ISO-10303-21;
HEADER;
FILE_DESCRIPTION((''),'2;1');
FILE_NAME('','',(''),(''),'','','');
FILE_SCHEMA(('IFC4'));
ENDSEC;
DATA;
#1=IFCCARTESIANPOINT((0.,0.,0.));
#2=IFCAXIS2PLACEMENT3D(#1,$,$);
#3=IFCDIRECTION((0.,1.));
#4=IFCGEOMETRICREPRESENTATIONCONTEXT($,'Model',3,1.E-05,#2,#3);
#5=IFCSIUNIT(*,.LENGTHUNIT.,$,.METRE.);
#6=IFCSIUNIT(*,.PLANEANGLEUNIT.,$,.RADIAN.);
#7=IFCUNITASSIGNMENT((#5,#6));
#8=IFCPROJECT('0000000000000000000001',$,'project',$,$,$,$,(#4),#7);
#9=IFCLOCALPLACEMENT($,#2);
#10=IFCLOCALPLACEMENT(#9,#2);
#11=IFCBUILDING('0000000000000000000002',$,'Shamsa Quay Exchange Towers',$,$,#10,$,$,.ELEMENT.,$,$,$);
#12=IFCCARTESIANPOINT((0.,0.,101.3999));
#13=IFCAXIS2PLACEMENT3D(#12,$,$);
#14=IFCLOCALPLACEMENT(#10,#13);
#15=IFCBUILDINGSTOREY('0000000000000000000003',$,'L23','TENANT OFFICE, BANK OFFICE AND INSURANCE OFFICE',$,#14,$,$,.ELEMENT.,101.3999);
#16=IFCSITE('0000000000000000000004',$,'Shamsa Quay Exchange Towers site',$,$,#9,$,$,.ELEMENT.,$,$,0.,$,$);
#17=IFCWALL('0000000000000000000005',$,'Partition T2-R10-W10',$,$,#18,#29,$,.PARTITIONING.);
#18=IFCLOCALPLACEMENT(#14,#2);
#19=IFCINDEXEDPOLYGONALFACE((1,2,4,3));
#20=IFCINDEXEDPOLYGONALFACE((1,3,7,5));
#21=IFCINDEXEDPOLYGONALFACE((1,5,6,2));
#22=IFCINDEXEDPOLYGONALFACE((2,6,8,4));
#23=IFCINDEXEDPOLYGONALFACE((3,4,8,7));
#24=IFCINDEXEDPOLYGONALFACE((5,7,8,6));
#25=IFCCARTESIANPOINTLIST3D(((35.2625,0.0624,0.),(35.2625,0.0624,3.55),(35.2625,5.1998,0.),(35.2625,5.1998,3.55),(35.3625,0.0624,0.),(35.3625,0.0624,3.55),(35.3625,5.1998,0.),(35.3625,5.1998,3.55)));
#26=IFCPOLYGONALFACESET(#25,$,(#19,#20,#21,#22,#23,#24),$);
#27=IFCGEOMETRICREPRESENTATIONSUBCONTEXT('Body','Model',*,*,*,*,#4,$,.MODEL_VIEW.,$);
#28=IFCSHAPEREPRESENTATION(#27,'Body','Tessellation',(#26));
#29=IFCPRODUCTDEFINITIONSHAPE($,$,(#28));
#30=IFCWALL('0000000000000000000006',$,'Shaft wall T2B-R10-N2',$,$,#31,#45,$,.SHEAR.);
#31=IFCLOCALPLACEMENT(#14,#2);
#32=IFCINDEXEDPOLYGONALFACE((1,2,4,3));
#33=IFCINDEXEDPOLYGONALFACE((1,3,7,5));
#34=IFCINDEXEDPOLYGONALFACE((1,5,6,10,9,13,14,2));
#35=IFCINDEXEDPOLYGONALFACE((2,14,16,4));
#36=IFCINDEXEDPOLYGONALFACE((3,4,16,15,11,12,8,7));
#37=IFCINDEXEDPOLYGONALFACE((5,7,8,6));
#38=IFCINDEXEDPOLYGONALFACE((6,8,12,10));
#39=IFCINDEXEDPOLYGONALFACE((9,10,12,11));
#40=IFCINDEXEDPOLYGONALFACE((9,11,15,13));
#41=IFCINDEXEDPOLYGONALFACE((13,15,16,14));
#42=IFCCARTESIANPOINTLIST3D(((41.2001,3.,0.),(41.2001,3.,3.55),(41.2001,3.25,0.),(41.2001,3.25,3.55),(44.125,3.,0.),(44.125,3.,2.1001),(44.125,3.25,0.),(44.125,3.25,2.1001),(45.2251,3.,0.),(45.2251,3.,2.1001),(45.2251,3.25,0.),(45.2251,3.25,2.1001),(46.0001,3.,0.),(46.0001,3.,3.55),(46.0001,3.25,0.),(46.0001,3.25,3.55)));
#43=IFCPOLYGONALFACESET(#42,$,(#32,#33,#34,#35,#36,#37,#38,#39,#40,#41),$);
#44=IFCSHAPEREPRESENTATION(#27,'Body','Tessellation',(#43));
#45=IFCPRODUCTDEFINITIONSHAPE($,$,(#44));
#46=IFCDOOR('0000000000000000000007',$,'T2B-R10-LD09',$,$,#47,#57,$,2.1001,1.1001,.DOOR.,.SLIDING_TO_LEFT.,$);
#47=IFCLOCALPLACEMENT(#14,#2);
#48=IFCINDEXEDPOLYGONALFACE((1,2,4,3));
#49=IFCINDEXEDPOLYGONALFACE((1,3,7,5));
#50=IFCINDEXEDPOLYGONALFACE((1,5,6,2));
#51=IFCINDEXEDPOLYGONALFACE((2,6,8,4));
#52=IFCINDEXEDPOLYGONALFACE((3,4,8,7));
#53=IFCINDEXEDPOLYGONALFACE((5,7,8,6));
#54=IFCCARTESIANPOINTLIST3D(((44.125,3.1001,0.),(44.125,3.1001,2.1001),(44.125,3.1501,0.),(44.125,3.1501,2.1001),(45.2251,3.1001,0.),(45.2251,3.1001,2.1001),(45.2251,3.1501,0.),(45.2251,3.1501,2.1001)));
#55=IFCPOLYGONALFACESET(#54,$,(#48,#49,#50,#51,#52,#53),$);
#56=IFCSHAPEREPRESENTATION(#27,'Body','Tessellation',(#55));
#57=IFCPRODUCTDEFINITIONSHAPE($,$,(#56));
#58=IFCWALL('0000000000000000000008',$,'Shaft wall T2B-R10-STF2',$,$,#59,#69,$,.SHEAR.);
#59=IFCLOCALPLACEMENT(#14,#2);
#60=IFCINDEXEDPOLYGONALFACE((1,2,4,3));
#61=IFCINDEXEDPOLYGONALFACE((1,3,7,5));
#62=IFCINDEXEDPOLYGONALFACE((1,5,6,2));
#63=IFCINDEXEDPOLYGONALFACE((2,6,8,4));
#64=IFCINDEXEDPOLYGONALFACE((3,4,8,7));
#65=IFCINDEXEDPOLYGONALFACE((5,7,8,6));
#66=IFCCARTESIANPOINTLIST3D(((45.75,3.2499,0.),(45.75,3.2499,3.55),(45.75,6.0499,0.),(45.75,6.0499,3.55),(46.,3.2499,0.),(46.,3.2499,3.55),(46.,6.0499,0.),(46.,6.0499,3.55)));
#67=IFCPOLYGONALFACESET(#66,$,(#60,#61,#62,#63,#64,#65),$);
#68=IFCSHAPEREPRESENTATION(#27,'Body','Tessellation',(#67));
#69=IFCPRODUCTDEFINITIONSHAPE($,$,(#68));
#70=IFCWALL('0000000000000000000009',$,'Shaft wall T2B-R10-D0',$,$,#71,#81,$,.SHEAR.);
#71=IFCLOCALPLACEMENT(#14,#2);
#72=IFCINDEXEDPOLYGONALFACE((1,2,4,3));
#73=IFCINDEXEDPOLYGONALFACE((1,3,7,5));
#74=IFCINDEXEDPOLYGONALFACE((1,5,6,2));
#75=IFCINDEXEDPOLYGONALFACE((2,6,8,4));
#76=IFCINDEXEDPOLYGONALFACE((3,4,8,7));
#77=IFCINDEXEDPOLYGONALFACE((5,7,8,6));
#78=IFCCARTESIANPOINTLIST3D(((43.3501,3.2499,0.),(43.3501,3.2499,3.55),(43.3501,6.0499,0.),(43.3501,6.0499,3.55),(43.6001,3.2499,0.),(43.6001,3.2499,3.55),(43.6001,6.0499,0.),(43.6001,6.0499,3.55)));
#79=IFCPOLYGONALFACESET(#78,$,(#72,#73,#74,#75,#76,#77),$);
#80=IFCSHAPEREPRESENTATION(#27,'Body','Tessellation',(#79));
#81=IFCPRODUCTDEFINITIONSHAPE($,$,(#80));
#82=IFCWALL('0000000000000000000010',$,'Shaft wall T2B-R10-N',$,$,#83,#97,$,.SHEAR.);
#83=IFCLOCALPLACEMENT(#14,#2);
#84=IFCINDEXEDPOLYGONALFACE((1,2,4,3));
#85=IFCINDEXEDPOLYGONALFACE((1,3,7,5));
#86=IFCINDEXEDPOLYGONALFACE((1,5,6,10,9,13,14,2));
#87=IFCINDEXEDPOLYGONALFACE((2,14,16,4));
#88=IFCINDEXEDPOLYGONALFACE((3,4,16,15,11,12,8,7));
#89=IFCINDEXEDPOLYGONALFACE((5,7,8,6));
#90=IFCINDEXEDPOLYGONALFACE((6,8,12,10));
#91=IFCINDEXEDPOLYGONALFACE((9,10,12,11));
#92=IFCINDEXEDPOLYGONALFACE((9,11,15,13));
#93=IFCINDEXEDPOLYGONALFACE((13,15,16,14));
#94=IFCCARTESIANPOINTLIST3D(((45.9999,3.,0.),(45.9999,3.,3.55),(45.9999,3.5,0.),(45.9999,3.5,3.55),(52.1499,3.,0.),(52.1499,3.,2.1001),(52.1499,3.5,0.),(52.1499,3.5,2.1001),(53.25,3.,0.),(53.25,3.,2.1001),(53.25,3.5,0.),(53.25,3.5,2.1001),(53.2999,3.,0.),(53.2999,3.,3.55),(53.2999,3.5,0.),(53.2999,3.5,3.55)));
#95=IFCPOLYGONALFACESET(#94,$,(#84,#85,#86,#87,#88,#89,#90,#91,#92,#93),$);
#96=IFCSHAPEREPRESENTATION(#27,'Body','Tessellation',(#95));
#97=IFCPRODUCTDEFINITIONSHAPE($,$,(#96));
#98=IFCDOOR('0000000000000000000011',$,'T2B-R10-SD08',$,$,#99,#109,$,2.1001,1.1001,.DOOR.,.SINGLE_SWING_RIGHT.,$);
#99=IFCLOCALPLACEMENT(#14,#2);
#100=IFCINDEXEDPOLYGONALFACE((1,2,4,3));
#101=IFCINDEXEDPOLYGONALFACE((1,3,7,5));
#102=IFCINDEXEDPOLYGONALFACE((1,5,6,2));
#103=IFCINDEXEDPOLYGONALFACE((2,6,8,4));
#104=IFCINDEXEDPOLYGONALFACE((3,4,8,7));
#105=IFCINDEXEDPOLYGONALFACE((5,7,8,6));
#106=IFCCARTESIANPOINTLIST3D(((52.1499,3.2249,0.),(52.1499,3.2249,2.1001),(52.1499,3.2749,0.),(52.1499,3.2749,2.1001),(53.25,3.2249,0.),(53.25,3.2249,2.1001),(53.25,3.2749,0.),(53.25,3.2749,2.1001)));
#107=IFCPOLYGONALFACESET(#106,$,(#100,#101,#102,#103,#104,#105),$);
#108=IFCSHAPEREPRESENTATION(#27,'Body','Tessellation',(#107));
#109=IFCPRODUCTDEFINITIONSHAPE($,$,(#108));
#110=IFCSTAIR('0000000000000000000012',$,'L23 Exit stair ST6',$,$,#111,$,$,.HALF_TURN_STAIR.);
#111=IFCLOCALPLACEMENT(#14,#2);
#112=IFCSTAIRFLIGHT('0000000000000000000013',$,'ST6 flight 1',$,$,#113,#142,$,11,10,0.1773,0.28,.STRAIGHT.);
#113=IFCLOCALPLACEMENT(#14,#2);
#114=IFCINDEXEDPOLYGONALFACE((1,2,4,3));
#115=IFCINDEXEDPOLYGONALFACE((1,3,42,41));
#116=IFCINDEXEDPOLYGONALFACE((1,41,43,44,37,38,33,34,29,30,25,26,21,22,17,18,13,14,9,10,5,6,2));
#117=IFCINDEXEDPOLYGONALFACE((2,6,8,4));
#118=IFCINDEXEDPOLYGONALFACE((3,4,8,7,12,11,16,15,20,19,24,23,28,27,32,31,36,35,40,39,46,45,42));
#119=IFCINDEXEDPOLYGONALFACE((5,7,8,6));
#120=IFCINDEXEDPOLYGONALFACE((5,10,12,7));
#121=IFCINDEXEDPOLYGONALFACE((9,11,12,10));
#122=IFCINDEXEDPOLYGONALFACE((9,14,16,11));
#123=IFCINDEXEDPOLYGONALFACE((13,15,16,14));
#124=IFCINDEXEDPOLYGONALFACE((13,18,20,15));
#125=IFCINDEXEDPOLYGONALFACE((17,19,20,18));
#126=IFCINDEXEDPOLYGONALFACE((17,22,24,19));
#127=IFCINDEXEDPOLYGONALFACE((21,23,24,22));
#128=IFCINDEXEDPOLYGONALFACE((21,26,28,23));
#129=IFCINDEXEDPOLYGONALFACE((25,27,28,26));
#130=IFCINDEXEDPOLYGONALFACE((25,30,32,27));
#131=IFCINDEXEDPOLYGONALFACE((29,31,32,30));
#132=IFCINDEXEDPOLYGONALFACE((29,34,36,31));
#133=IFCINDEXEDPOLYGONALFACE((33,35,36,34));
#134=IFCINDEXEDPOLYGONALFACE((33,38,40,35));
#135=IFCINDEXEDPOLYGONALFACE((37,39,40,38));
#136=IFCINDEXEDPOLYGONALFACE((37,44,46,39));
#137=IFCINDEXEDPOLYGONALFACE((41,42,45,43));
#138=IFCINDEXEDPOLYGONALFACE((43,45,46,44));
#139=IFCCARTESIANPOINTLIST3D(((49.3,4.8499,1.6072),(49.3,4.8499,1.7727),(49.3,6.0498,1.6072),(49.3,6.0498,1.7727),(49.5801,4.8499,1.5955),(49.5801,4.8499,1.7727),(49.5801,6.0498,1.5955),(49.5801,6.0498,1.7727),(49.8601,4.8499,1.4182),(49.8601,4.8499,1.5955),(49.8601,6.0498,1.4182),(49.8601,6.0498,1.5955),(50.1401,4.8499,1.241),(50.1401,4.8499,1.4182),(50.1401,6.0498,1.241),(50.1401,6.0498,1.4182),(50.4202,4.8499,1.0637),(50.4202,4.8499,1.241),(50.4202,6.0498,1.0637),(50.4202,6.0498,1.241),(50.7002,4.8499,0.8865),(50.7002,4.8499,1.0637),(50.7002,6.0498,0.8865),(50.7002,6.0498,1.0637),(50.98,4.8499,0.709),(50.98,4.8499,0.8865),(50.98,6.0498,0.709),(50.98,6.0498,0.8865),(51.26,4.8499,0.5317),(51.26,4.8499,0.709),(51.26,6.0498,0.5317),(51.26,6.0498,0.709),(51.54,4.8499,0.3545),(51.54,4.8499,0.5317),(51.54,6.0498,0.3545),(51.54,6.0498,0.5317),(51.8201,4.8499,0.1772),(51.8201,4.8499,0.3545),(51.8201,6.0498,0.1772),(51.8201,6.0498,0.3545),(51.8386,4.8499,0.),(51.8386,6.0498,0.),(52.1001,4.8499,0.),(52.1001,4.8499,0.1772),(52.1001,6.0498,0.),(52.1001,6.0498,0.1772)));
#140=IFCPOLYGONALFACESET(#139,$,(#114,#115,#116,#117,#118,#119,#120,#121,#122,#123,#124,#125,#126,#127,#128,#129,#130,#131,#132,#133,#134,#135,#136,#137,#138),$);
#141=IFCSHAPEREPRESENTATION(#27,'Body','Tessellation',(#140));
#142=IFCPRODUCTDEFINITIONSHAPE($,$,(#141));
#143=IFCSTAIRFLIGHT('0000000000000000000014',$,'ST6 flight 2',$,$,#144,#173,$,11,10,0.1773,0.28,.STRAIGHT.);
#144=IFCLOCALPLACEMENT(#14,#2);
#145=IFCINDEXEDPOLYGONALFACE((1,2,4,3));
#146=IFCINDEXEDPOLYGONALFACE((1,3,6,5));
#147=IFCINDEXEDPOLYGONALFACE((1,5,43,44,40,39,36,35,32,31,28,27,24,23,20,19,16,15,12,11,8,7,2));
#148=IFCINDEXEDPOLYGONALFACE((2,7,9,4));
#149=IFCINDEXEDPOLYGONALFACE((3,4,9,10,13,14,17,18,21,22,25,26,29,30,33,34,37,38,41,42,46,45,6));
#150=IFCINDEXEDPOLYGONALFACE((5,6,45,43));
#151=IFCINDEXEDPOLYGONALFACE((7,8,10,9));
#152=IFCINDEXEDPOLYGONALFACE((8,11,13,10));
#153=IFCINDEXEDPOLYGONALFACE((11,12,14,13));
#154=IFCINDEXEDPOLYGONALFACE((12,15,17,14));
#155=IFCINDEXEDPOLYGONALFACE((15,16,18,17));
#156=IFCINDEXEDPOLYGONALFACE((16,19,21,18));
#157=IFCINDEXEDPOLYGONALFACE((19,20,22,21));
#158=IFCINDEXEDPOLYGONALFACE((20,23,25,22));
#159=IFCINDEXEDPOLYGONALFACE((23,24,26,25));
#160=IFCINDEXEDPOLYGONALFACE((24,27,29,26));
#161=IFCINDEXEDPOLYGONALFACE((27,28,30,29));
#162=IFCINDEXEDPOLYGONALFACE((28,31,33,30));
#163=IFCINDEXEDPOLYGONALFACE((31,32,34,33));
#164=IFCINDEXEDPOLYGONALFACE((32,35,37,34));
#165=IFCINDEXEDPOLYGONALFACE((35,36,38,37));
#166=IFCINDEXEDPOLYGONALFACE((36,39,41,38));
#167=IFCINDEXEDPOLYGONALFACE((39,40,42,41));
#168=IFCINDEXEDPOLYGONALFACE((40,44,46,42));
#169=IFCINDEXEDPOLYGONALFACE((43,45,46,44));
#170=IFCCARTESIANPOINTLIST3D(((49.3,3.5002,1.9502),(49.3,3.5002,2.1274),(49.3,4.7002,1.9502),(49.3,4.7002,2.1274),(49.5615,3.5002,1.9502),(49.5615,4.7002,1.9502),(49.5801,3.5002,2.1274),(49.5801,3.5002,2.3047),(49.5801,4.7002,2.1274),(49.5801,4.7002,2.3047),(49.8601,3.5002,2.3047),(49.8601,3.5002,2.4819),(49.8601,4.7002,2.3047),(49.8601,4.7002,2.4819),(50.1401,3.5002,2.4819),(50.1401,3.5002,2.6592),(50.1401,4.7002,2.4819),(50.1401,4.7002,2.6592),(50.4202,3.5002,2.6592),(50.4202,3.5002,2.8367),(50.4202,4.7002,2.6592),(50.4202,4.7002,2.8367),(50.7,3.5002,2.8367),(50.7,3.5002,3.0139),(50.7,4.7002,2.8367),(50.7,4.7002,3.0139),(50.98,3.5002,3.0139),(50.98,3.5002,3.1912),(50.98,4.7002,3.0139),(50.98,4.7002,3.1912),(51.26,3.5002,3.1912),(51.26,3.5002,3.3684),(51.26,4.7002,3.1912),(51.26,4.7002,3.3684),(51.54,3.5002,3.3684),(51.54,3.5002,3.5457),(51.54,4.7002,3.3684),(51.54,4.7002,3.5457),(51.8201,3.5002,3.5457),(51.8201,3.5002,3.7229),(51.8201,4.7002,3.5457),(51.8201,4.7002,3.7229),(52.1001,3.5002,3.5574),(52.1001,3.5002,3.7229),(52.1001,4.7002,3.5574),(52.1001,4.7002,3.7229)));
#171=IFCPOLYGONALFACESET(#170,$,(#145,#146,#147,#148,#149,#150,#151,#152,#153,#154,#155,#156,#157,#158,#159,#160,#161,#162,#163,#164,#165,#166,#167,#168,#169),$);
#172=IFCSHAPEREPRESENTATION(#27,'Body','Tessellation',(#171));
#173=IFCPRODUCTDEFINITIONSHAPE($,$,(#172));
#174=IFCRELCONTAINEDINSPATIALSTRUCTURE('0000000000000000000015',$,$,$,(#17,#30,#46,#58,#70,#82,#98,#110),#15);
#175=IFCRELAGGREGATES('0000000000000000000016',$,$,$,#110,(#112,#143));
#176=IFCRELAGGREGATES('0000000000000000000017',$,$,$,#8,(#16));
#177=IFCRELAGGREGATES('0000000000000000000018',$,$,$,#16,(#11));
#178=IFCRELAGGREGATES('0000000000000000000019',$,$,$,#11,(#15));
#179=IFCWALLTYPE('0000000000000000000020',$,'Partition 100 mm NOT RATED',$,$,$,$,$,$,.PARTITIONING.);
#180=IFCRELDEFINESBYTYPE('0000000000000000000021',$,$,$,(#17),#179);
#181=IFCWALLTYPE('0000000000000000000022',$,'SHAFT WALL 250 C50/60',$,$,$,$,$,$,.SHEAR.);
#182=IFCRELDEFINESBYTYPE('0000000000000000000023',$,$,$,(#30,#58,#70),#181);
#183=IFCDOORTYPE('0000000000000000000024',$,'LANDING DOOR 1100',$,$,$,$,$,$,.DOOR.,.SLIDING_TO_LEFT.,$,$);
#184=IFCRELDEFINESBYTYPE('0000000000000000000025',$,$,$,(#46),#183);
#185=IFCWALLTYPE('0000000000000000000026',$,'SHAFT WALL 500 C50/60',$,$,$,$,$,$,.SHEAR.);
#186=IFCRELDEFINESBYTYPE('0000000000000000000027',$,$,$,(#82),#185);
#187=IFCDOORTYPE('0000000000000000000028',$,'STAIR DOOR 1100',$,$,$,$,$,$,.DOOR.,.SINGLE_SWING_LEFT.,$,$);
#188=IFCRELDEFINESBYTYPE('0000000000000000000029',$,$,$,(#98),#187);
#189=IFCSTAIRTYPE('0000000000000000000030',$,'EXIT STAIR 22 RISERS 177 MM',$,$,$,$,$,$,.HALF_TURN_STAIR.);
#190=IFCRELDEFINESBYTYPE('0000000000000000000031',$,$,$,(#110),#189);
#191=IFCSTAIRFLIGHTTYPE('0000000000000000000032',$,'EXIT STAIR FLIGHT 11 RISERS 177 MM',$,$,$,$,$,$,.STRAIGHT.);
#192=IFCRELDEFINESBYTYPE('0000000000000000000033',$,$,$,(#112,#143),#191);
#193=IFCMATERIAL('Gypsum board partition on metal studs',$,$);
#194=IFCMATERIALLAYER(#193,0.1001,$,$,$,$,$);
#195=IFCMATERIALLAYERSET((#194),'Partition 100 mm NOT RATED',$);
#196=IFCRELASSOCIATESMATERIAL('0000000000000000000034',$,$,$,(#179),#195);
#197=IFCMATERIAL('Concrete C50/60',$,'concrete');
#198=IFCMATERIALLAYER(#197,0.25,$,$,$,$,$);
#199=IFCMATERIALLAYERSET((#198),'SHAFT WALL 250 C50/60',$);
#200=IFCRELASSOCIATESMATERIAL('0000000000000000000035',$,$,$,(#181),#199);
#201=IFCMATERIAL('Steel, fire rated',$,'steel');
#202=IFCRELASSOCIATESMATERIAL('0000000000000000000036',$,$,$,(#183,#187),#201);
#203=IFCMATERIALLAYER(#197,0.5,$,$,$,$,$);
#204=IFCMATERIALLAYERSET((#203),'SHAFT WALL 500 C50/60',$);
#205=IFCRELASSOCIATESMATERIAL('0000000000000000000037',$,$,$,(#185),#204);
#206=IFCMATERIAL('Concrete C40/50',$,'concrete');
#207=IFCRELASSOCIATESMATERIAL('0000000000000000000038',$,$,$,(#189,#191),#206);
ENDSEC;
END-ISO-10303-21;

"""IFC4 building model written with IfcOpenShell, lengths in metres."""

from ifc_helpers import new_model, si_unit, direction, frame, frame_2d, origin, place, context, subcontext, project, spatial, polyline, rectangle, outline, extrude, material, layer, layer_set, type_object, element, fill, aggregate, save


model = new_model("IFC4")

# Units and contexts
model_context = context("Model", 3, precision=1e-05, world=origin(), true_north=direction((0.0, 1.0)))
body_context = subcontext(model_context, "Body", "Model", "MODEL_VIEW")
ifc_project = project(units=[si_unit("LENGTHUNIT", "METRE"), si_unit("PLANEANGLEUNIT", "RADIAN")], contexts=[model_context])

# Site, building, storey
site_placement = place(None, origin())
site = spatial("IfcSite", under=ifc_project, at=site_placement, Name="Shamsa Quay Exchange Towers site", CompositionType="ELEMENT", RefElevation=0.0)
building_placement = place(site_placement, origin())
building = spatial("IfcBuilding", under=site, at=building_placement, Name="Shamsa Quay Exchange Towers", CompositionType="ELEMENT")
storey_placement = place(building_placement, frame((0.0, 0.0, 101.3999)))
storey = spatial("IfcBuildingStorey", under=building, at=storey_placement, Name="L23", Description="TENANT OFFICE, BANK OFFICE AND INSURANCE OFFICE", CompositionType="ELEMENT", Elevation=101.3999)

# Shared definitions
ifc_material_1 = material(Name="Gypsum board partition on metal studs")
ifc_layer_1 = layer(ifc_material_1, 0.1001)
ifc_layer_set_1 = layer_set([ifc_layer_1], Name="Partition 100 mm NOT RATED")
wall_type_1 = type_object("IfcWallType", Name="Partition 100 mm NOT RATED", PredefinedType="PARTITIONING", material=ifc_layer_set_1)

# Wall
wall_1_placement = place(storey_placement, frame((35.3125, 5.2, 0.0), z_axis=(0.0, 0.0, 1.0), x_axis=(0.0, -1.0, 0.0)))
element("IfcWall", 1, at=wall_1_placement, inside=storey, type_object=wall_type_1, Name="Partition T2-R10-W10", PredefinedType="PARTITIONING", context=body_context, shape_type="SweptSolid", body=[
    extrude(rectangle(XDim=5.1375, YDim=0.1001, at=frame_2d((2.5688, 0.0))), origin(), (0.0, 0.0, 1.0), 3.55),
])

# Wall, opening, door
ifc_material_2 = material(Name="Concrete C50/60", Category="concrete")
ifc_layer_2 = layer(ifc_material_2, 0.25)
ifc_layer_set_2 = layer_set([ifc_layer_2], Name="SHAFT WALL 250 C50/60")
wall_type_2 = type_object("IfcWallType", Name="SHAFT WALL 250 C50/60", PredefinedType="SHEAR", material=ifc_layer_set_2)
wall_2_placement = place(storey_placement, frame((46.0, 3.125, 0.0), z_axis=(0.0, 0.0, 1.0), x_axis=(-1.0, 0.0, 0.0)))
wall_2 = element("IfcWall", 2, at=wall_2_placement, inside=storey, type_object=wall_type_2, Name="Shaft wall T2B-R10-N2", PredefinedType="SHEAR", context=body_context, shape_type="SweptSolid", body=[
    extrude(rectangle(XDim=4.8, YDim=0.25, at=frame_2d((2.3999, 0.0))), origin(), (0.0, 0.0, 1.0), 3.55),
])
opening_1_placement = place(wall_2_placement, frame((0.7749, 0.0, 0.0)))
opening_1 = element("IfcOpeningElement", 3, at=opening_1_placement, cuts=wall_2, PredefinedType="OPENING", context=body_context, shape_type="SweptSolid", body=[
    extrude(rectangle(XDim=1.1001, YDim=2.1001, at=frame_2d((0.55, 1.05))), frame((0.0, 0.135, 0.0), z_axis=(0.0, -1.0, 0.0), x_axis=(1.0, 0.0, 0.0)), (0.0, 0.0, 1.0), 0.27),
])
ifc_material_3 = material(Name="Steel, fire rated", Category="steel")
door_type_1 = type_object("IfcDoorType", Name="LANDING DOOR 1100", OperationType="SLIDING_TO_LEFT", PredefinedType="DOOR", material=ifc_material_3)
door_1_placement = place(opening_1_placement, origin())
door_1 = element("IfcDoor", 4, at=door_1_placement, inside=storey, type_object=door_type_1, Name="T2B-R10-LD09", OperationType="SLIDING_TO_LEFT", OverallHeight=2.1001, OverallWidth=1.1001, PredefinedType="DOOR", context=body_context, shape_type="SweptSolid", body=[
    extrude(rectangle(XDim=1.1001, YDim=2.1001, at=frame_2d((0.55, 1.05))), frame((0.0, 0.0249, 0.0), z_axis=(0.0, -1.0, 0.0), x_axis=(1.0, 0.0, 0.0)), (0.0, 0.0, 1.0), 0.05),
])
fill(opening_1, door_1)

# Walls
for number, where, z_axis, x_axis, name in (
    (5, (45.875, 3.25, 0.0), (0.0, 0.0, 1.0), (0.0, 1.0, 0.0), "Shaft wall T2B-R10-STF2"),
    (6, (43.4751, 3.25, 0.0), (0.0, 0.0, 1.0), (0.0, 1.0, 0.0), "Shaft wall T2B-R10-D0"),
):
    element("IfcWall", number, at=place(storey_placement, frame(where, z_axis=z_axis, x_axis=x_axis)), inside=storey, type_object=wall_type_2, Name=name, PredefinedType="SHEAR", context=body_context, shape_type="SweptSolid", body=[
        extrude(rectangle(XDim=2.8, YDim=0.25, at=frame_2d((1.3999, 0.0))), origin(), (0.0, 0.0, 1.0), 3.55),
    ])

# Wall, opening, door
ifc_layer_3 = layer(ifc_material_2, 0.5)
ifc_layer_set_3 = layer_set([ifc_layer_3], Name="SHAFT WALL 500 C50/60")
wall_type_3 = type_object("IfcWallType", Name="SHAFT WALL 500 C50/60", PredefinedType="SHEAR", material=ifc_layer_set_3)
wall_3_placement = place(storey_placement, frame((46.0, 3.25, 0.0)))
wall_3 = element("IfcWall", 7, at=wall_3_placement, inside=storey, type_object=wall_type_3, Name="Shaft wall T2B-R10-N", PredefinedType="SHEAR", context=body_context, shape_type="SweptSolid", body=[
    extrude(rectangle(XDim=7.3, YDim=0.5, at=frame_2d((3.6499, 0.0))), origin(), (0.0, 0.0, 1.0), 3.55),
])
opening_2_placement = place(wall_3_placement, frame((6.1499, 0.0, 0.0)))
opening_2 = element("IfcOpeningElement", 8, at=opening_2_placement, cuts=wall_3, PredefinedType="OPENING", context=body_context, shape_type="SweptSolid", body=[
    extrude(rectangle(XDim=1.1001, YDim=2.1001, at=frame_2d((0.55, 1.05))), frame((0.0, 0.26, 0.0), z_axis=(0.0, -1.0, 0.0), x_axis=(1.0, 0.0, 0.0)), (0.0, 0.0, 1.0), 0.52),
])
door_type_2 = type_object("IfcDoorType", Name="STAIR DOOR 1100", OperationType="SINGLE_SWING_LEFT", PredefinedType="DOOR", material=ifc_material_3)
door_2_placement = place(opening_2_placement, origin())
door_2 = element("IfcDoor", 9, at=door_2_placement, inside=storey, type_object=door_type_2, Name="T2B-R10-SD08", OperationType="SINGLE_SWING_RIGHT", OverallHeight=2.1001, OverallWidth=1.1001, PredefinedType="DOOR", context=body_context, shape_type="SweptSolid", body=[
    extrude(rectangle(XDim=1.1001, YDim=2.1001, at=frame_2d((0.55, 1.05))), frame((0.0, 0.0249, 0.0), z_axis=(0.0, -1.0, 0.0), x_axis=(1.0, 0.0, 0.0)), (0.0, 0.0, 1.0), 0.05),
])
fill(opening_2, door_2)

# Stair, stair flights
ifc_material_4 = material(Name="Concrete C40/50", Category="concrete")
stair_type = type_object("IfcStairType", Name="EXIT STAIR 22 RISERS 177 MM", PredefinedType="HALF_TURN_STAIR", material=ifc_material_4)
stair_placement = place(storey_placement, origin())
stair = element("IfcStair", 10, at=stair_placement, inside=storey, type_object=stair_type, Name="L23 Exit stair ST6", PredefinedType="HALF_TURN_STAIR")
stair_flight_type = type_object("IfcStairFlightType", Name="EXIT STAIR FLIGHT 11 RISERS 177 MM", PredefinedType="STRAIGHT", material=ifc_material_4)
stair_flight_1_placement = place(storey_placement, frame((52.1001, 5.45, 0.0), z_axis=(0.0, 0.0, 1.0), x_axis=(-1.0, 0.0, 0.0)))
stair_flight_1 = element("IfcStairFlight", 11, at=stair_flight_1_placement, type_object=stair_flight_type, Name="ST6 flight 1", NumberOfRisers=11, NumberOfTreads=10, PredefinedType="STRAIGHT", RiserHeight=0.1773, TreadLength=0.28, context=body_context, shape_type="SweptSolid", body=[
    extrude(outline(polyline([(0.0, 0.0), (0.0, 0.1772), (0.28, 0.1772), (0.28, 0.3545), (0.5601, 0.3545), (0.5601, 0.5317), (0.8401, 0.5317), (0.8401, 0.709), (1.1201, 0.709), (1.1201, 0.8865), (1.3999, 0.8865), (1.3999, 1.0637), (1.6799, 1.0637), (1.6799, 1.241), (1.96, 1.241), (1.96, 1.4182), (2.24, 1.4182), (2.24, 1.5955), (2.52, 1.5955), (2.52, 1.7727), (2.8, 1.7727), (2.8, 1.95), (2.8, 1.6072), (0.2615, 0.0), (0.0, 0.0)])), frame((0.0, 0.6001, 0.0), z_axis=(0.0, -1.0, 0.0), x_axis=(1.0, 0.0, 0.0)), (0.0, 0.0, 1.0), 1.2),
])
stair_flight_2_placement = place(storey_placement, frame((49.3, 4.1001, 1.9502)))
stair_flight_2 = element("IfcStairFlight", 12, at=stair_flight_2_placement, type_object=stair_flight_type, Name="ST6 flight 2", NumberOfRisers=11, NumberOfTreads=10, PredefinedType="STRAIGHT", RiserHeight=0.1773, TreadLength=0.28, context=body_context, shape_type="SweptSolid", body=[
    extrude(outline(polyline([(0.0, 0.0), (0.0, 0.1772), (0.28, 0.1772), (0.28, 0.3545), (0.5601, 0.3545), (0.5601, 0.5317), (0.8401, 0.5317), (0.8401, 0.709), (1.1201, 0.709), (1.1201, 0.8865), (1.3999, 0.8865), (1.3999, 1.0637), (1.6799, 1.0637), (1.6799, 1.241), (1.96, 1.241), (1.96, 1.4182), (2.24, 1.4182), (2.24, 1.5955), (2.52, 1.5955), (2.52, 1.7727), (2.8, 1.7727), (2.8, 1.95), (2.8, 1.6072), (0.2615, 0.0), (0.0, 0.0)])), frame((0.0, 0.6001, 0.0), z_axis=(0.0, -1.0, 0.0), x_axis=(1.0, 0.0, 0.0)), (0.0, 0.0, 1.0), 1.2),
])
aggregate(stair, [stair_flight_1, stair_flight_2])

save(model, "model.ifc")
